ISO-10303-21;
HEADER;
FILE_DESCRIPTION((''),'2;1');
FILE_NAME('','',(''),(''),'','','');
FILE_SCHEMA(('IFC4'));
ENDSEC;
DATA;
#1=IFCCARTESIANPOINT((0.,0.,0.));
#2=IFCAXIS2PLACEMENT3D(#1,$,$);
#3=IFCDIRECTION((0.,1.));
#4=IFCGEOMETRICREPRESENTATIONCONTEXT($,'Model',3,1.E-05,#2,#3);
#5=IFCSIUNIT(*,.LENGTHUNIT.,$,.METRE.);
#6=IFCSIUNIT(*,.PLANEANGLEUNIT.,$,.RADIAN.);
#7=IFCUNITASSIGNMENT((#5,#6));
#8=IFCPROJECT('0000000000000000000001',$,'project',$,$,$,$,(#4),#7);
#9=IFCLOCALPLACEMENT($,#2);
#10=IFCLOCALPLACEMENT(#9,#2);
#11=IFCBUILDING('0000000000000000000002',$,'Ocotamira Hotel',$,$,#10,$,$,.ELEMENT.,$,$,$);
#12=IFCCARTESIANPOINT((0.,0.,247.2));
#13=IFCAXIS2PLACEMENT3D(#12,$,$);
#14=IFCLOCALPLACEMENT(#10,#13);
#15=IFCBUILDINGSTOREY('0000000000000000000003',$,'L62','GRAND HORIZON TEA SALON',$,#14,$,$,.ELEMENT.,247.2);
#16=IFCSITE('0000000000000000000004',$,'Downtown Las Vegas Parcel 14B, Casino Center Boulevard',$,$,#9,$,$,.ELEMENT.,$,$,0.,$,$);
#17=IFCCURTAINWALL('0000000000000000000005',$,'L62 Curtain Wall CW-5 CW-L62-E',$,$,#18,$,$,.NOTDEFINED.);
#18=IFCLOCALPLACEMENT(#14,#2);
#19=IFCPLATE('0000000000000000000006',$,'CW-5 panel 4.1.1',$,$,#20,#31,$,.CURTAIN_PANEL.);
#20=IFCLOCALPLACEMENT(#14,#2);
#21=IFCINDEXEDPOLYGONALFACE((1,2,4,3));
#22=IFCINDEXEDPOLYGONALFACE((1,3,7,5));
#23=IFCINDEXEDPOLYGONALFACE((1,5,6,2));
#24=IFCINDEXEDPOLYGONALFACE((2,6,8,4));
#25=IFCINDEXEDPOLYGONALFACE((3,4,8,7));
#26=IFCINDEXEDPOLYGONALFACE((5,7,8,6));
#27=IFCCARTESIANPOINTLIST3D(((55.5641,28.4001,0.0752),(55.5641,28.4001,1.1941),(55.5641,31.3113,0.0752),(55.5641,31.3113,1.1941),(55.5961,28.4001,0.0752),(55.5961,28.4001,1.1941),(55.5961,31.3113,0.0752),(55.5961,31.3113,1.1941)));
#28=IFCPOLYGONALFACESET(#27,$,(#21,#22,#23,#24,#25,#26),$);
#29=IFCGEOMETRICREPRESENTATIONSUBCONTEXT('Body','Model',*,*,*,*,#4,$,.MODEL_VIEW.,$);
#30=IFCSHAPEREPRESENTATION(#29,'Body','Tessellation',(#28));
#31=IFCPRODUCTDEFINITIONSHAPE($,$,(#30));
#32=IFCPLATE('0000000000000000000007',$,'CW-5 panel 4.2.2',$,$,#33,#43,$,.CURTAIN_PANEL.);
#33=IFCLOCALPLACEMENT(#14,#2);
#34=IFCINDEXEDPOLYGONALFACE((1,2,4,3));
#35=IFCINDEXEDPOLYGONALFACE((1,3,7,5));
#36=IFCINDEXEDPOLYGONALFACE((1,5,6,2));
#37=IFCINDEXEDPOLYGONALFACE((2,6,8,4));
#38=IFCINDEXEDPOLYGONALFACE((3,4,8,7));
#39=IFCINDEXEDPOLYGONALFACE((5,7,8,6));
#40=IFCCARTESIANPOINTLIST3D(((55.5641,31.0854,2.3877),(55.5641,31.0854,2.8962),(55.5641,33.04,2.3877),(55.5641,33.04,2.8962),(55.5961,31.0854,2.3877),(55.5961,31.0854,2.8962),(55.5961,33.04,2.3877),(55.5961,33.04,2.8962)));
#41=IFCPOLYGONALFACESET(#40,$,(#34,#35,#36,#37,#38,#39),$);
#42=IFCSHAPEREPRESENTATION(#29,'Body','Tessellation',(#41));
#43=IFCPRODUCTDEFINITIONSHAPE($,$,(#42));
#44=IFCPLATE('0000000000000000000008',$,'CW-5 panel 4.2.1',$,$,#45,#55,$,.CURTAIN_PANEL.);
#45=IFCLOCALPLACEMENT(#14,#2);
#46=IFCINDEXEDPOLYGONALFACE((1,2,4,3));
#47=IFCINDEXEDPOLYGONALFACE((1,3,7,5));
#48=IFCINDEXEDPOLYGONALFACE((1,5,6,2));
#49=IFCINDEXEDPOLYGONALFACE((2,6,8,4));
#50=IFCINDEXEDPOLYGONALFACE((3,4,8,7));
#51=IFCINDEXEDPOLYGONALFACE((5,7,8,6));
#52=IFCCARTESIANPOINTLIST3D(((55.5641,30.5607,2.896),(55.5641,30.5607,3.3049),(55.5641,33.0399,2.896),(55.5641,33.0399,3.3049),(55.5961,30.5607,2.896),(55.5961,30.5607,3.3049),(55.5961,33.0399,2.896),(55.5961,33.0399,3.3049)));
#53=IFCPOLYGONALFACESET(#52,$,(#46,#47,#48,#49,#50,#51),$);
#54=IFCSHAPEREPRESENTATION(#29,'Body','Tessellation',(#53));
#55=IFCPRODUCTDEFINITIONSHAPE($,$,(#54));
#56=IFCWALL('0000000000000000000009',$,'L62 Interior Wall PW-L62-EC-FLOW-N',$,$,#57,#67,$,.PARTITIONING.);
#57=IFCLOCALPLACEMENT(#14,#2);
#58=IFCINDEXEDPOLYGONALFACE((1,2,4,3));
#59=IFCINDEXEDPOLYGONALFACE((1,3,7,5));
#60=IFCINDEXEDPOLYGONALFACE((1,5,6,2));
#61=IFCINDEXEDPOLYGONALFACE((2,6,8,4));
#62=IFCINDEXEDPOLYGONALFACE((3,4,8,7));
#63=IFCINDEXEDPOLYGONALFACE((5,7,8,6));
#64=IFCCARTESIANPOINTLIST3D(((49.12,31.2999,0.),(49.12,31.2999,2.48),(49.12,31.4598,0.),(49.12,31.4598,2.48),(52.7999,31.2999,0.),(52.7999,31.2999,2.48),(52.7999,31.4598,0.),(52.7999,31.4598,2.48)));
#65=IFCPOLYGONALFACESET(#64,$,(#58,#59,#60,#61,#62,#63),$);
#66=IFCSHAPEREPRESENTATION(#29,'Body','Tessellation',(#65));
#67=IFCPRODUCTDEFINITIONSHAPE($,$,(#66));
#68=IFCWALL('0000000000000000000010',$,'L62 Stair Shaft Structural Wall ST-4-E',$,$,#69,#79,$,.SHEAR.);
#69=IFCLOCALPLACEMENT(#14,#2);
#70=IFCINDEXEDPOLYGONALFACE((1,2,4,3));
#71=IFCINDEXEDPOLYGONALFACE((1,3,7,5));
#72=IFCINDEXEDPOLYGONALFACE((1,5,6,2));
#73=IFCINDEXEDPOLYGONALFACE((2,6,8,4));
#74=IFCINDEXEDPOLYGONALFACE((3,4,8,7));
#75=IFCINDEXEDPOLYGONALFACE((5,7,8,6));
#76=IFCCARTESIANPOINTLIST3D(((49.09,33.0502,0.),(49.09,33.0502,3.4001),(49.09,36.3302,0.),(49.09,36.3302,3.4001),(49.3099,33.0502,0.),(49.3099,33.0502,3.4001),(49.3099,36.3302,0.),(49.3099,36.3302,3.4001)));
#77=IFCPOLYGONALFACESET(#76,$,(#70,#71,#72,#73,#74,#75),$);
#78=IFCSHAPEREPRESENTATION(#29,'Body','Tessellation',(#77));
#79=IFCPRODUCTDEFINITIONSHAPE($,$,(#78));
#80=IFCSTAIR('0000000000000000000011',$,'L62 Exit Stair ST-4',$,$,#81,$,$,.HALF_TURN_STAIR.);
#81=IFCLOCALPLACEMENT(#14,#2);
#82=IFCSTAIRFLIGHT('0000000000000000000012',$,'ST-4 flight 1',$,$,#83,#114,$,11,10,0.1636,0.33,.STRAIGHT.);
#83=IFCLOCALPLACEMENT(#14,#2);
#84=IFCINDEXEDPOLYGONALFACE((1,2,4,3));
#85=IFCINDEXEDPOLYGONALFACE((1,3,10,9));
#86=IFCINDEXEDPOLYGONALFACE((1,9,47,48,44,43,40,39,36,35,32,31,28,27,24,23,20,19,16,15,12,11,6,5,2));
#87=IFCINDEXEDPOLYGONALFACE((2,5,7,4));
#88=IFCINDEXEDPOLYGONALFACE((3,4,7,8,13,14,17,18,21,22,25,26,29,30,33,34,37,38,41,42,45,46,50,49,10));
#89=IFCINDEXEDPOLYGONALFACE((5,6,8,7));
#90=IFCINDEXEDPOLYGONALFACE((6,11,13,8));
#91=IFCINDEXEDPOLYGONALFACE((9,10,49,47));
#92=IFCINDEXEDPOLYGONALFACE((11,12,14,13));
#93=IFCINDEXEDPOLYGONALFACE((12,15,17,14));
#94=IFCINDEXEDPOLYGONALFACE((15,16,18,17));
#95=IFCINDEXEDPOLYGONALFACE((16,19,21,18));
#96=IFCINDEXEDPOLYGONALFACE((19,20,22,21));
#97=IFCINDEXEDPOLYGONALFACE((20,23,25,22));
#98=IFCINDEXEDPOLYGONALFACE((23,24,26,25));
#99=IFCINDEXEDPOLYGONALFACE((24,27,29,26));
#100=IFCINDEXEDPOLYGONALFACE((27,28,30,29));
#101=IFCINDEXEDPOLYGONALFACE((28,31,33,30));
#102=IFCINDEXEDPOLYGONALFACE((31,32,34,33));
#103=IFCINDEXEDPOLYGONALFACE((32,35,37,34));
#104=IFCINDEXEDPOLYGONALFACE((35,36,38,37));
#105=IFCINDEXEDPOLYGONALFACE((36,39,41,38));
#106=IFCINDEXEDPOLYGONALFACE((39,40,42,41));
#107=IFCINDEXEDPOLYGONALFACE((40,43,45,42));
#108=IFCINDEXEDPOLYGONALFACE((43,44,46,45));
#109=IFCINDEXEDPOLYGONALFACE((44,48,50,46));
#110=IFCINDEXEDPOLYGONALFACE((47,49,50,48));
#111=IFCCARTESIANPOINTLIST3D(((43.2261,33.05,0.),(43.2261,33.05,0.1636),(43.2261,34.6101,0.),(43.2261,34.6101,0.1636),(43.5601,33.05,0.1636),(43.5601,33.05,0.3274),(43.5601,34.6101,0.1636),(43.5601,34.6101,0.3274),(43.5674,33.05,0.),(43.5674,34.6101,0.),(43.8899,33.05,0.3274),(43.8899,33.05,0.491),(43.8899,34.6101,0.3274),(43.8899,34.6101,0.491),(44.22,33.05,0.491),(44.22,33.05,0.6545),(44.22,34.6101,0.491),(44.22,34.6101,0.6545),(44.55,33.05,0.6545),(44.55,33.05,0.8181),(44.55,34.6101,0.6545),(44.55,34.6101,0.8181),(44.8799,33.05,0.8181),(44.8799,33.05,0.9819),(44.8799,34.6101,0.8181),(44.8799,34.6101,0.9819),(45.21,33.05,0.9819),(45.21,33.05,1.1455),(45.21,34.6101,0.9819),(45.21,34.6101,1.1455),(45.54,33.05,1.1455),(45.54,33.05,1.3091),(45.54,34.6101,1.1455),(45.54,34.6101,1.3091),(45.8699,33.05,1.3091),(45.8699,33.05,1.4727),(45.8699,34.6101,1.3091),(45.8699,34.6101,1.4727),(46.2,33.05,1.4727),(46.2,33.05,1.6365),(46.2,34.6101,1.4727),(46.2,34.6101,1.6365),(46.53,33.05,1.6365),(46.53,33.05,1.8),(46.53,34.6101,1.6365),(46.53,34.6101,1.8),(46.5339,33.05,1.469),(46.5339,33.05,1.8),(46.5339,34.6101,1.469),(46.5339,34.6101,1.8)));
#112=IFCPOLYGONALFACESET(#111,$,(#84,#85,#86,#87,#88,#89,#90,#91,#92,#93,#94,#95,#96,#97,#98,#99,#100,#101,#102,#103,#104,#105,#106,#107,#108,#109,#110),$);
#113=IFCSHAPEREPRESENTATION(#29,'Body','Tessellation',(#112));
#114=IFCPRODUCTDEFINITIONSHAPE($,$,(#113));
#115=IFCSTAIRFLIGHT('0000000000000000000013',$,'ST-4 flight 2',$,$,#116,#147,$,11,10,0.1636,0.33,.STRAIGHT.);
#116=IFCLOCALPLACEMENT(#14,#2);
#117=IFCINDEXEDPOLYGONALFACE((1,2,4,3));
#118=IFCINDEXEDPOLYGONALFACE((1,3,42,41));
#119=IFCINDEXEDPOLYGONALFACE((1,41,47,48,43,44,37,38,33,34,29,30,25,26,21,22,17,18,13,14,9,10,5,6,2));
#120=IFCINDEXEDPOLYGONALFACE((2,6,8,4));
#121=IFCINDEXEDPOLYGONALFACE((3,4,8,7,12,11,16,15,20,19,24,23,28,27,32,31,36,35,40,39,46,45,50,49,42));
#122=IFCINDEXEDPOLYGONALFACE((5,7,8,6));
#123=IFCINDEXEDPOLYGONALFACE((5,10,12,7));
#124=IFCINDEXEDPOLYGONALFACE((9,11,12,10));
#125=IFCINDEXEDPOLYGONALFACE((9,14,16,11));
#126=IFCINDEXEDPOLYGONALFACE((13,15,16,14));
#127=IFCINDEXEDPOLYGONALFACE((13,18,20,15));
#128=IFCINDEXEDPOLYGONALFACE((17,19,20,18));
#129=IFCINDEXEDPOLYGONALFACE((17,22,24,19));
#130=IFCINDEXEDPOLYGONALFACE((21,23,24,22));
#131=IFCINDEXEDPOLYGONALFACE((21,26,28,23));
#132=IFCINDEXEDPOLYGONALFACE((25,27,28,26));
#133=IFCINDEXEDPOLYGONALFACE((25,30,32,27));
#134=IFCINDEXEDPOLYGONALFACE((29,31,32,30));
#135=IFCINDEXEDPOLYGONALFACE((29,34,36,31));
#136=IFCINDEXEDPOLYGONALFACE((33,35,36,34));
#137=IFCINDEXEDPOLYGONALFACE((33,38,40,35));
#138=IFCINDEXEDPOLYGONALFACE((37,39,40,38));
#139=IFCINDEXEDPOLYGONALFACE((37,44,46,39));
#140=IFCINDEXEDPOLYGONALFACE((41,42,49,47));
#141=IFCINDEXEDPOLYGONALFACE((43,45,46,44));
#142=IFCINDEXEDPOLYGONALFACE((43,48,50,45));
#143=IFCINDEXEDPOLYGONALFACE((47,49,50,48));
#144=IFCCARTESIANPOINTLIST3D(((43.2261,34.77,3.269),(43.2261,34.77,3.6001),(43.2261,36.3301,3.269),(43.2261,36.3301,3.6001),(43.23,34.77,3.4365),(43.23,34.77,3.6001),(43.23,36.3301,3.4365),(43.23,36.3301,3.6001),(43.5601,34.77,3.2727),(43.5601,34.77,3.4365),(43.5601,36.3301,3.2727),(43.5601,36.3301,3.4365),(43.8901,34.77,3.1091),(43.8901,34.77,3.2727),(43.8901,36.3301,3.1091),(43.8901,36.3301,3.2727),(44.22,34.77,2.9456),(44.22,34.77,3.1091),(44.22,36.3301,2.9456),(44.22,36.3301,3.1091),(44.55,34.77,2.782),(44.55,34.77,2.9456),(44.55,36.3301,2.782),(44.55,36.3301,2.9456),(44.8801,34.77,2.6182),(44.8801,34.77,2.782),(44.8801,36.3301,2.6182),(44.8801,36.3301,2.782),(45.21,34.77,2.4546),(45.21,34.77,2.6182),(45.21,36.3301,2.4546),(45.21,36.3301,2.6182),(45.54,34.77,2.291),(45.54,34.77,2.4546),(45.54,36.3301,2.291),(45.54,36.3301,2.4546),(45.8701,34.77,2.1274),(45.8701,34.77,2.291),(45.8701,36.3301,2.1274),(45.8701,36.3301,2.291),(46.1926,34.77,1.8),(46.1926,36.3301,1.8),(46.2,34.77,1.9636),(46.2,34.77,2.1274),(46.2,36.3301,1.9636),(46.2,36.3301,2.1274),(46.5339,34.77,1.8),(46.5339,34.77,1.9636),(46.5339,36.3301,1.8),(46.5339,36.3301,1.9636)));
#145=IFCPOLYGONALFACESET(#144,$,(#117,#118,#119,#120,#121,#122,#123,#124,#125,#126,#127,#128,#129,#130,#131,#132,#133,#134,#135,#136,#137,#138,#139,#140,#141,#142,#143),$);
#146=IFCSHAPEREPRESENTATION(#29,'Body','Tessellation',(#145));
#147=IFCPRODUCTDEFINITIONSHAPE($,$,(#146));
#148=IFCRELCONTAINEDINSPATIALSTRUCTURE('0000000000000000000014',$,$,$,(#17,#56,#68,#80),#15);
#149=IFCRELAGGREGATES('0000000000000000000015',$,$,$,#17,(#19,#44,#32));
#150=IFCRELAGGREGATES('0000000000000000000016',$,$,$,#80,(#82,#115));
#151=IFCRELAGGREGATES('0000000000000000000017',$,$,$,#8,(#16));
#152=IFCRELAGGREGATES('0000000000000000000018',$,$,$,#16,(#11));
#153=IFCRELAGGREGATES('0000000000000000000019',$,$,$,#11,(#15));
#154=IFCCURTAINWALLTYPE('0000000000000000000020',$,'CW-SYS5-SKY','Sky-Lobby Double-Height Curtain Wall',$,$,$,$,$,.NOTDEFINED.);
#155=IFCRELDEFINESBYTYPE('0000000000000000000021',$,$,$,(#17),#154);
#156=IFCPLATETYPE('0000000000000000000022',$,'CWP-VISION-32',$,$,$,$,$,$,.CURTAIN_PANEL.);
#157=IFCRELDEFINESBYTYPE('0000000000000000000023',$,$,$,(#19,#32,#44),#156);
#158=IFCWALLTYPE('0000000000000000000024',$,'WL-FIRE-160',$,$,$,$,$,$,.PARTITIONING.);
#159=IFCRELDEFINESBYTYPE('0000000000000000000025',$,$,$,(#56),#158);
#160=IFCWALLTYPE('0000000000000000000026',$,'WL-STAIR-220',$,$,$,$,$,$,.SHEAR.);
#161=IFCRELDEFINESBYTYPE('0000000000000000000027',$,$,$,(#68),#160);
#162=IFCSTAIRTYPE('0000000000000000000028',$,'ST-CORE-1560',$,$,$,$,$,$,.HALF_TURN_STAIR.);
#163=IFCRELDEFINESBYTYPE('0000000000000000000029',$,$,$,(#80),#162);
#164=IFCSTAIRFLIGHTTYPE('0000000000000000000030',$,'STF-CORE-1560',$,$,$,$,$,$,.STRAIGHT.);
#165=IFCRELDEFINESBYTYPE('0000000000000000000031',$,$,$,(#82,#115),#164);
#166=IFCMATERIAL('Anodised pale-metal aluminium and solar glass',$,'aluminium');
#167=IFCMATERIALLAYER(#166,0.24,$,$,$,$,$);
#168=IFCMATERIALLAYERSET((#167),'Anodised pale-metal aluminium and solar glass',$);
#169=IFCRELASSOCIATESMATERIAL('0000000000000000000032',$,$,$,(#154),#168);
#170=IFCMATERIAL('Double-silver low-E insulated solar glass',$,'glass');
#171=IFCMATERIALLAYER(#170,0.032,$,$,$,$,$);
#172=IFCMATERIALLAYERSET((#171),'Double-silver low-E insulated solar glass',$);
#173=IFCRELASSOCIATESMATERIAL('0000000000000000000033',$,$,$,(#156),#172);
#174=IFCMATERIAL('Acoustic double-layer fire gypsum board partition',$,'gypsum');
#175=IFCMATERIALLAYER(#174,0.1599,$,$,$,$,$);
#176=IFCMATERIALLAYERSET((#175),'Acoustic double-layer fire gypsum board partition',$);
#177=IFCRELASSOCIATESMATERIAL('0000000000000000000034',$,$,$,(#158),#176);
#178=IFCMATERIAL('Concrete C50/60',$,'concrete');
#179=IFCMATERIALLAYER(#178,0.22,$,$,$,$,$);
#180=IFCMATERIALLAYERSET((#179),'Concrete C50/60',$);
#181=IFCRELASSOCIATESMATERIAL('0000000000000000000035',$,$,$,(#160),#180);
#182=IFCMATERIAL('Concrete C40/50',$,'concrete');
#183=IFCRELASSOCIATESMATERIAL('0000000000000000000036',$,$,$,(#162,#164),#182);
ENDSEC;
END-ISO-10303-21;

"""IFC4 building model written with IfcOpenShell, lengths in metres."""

from ifc_helpers import new_model, si_unit, direction, frame, frame_2d, origin, origin_2d, place, context, subcontext, project, spatial, polyline, rectangle, outline, extrude, source, transform, mapped, material, layer, layer_set, type_object, element, aggregate, save


model = new_model("IFC4")

# Units and contexts
model_context = context("Model", 3, precision=1e-05, world=origin(), true_north=direction((0.0, 1.0)))
body_context = subcontext(model_context, "Body", "Model", "MODEL_VIEW")
ifc_project = project(units=[si_unit("LENGTHUNIT", "METRE"), si_unit("PLANEANGLEUNIT", "RADIAN")], contexts=[model_context])

# Site, building, storey
site_placement = place(None, origin())
site = spatial("IfcSite", under=ifc_project, at=site_placement, Name="Downtown Las Vegas Parcel 14B, Casino Center Boulevard", CompositionType="ELEMENT", RefElevation=0.0)
building_placement = place(site_placement, origin())
building = spatial("IfcBuilding", under=site, at=building_placement, Name="Ocotamira Hotel", CompositionType="ELEMENT")
storey_placement = place(building_placement, frame((0.0, 0.0, 247.2)))
storey = spatial("IfcBuildingStorey", under=building, at=storey_placement, Name="L62", Description="GRAND HORIZON TEA SALON", CompositionType="ELEMENT", Elevation=247.2)

# Curtain wall
ifc_material_1 = material(Name="Anodised pale-metal aluminium and solar glass", Category="aluminium")
ifc_layer_1 = layer(ifc_material_1, 0.24)
ifc_layer_set_1 = layer_set([ifc_layer_1], Name="Anodised pale-metal aluminium and solar glass")
curtain_wall_type = type_object("IfcCurtainWallType", Name="CW-SYS5-SKY", Description="Sky-Lobby Double-Height Curtain Wall", PredefinedType="NOTDEFINED", material=ifc_layer_set_1)
curtain_wall_placement = place(storey_placement, origin())
curtain_wall = element("IfcCurtainWall", 1, at=curtain_wall_placement, inside=storey, type_object=curtain_wall_type, Name="L62 Curtain Wall CW-5 CW-L62-E", PredefinedType="NOTDEFINED")

# Plates
ifc_material_2 = material(Name="Double-silver low-E insulated solar glass", Category="glass")
ifc_layer_2 = layer(ifc_material_2, 0.032)
ifc_layer_set_2 = layer_set([ifc_layer_2], Name="Double-silver low-E insulated solar glass")
plate_type_1 = type_object("IfcPlateType", Name="CWP-VISION-32", PredefinedType="CURTAIN_PANEL", material=ifc_layer_set_2)
shared_shape_1 = source(origin(), body_context, "Body", "SweptSolid", [
    extrude(rectangle(XDim=2.9111, YDim=0.032, at=origin_2d()), origin(), (0.0, 0.0, 1.0), 1.1189),
])
plate_1_placement = place(storey_placement, frame((55.5801, 29.8557, 0.0752), z_axis=(0.0, 0.0, 1.0), x_axis=(0.0, 1.0, 0.0)))
plate_1 = element("IfcPlate", 2, at=plate_1_placement, type_object=plate_type_1, Name="CW-5 panel 4.1.1", PredefinedType="CURTAIN_PANEL", context=body_context, shape_type="MappedRepresentation", body=[
    mapped(shared_shape_1, transform((0.0, 0.0, 0.0), scale=1.0)),
])
shared_shape_2 = source(origin(), body_context, "Body", "SweptSolid", [
    extrude(rectangle(XDim=1.9546, YDim=0.032, at=origin_2d()), origin(), (0.0, 0.0, 1.0), 0.5085),
])
plate_2_placement = place(storey_placement, frame((55.5801, 32.0627, 2.3877), z_axis=(0.0, 0.0, 1.0), x_axis=(0.0, 1.0, 0.0)))
plate_2 = element("IfcPlate", 3, at=plate_2_placement, type_object=plate_type_1, Name="CW-5 panel 4.2.2", PredefinedType="CURTAIN_PANEL", context=body_context, shape_type="MappedRepresentation", body=[
    mapped(shared_shape_2, transform((0.0, 0.0, 0.0), scale=1.0)),
])
shared_shape_3 = source(origin(), body_context, "Body", "SweptSolid", [
    extrude(rectangle(XDim=2.4792, YDim=0.032, at=origin_2d()), origin(), (0.0, 0.0, 1.0), 0.4089),
])
plate_3_placement = place(storey_placement, frame((55.5801, 31.8003, 2.896), z_axis=(0.0, 0.0, 1.0), x_axis=(0.0, 1.0, 0.0)))
plate_3 = element("IfcPlate", 4, at=plate_3_placement, type_object=plate_type_1, Name="CW-5 panel 4.2.1", PredefinedType="CURTAIN_PANEL", context=body_context, shape_type="MappedRepresentation", body=[
    mapped(shared_shape_3, transform((0.0, 0.0, 0.0), scale=1.0)),
])
aggregate(curtain_wall, [plate_1, plate_3, plate_2])

# Wall
ifc_material_3 = material(Name="Acoustic double-layer fire gypsum board partition", Category="gypsum")
ifc_layer_3 = layer(ifc_material_3, 0.1599)
ifc_layer_set_3 = layer_set([ifc_layer_3], Name="Acoustic double-layer fire gypsum board partition")
wall_type_1 = type_object("IfcWallType", Name="WL-FIRE-160", PredefinedType="PARTITIONING", material=ifc_layer_set_3)
wall_1_placement = place(storey_placement, frame((49.1201, 31.3799, 0.0), z_axis=(0.0, 0.0, 1.0), x_axis=(1.0, 0.0, 0.0)))
element("IfcWall", 5, at=wall_1_placement, inside=storey, type_object=wall_type_1, Name="L62 Interior Wall PW-L62-EC-FLOW-N", PredefinedType="PARTITIONING", context=body_context, shape_type="SweptSolid", body=[
    extrude(rectangle(XDim=3.6799, YDim=0.1599, at=frame_2d((1.8398, 0.0))), origin(), (0.0, 0.0, 1.0), 2.48),
])

# Wall
ifc_material_4 = material(Name="Concrete C50/60", Category="concrete")
ifc_layer_4 = layer(ifc_material_4, 0.22)
ifc_layer_set_4 = layer_set([ifc_layer_4], Name="Concrete C50/60")
wall_type_2 = type_object("IfcWallType", Name="WL-STAIR-220", PredefinedType="SHEAR", material=ifc_layer_set_4)
wall_2_placement = place(storey_placement, frame((49.2, 33.05, 0.0), z_axis=(0.0, 0.0, 1.0), x_axis=(0.0, 1.0, 0.0)))
element("IfcWall", 6, at=wall_2_placement, inside=storey, type_object=wall_type_2, Name="L62 Stair Shaft Structural Wall ST-4-E", PredefinedType="SHEAR", context=body_context, shape_type="SweptSolid", body=[
    extrude(rectangle(XDim=3.28, YDim=0.22, at=frame_2d((1.6401, 0.0))), origin(), (0.0, 0.0, 1.0), 3.4001),
])

# Stair, stair flights
ifc_material_5 = material(Name="Concrete C40/50", Category="concrete")
stair_type = type_object("IfcStairType", Name="ST-CORE-1560", PredefinedType="HALF_TURN_STAIR", material=ifc_material_5)
stair_placement = place(storey_placement, origin())
stair = element("IfcStair", 7, at=stair_placement, inside=storey, type_object=stair_type, Name="L62 Exit Stair ST-4", PredefinedType="HALF_TURN_STAIR")
stair_flight_type = type_object("IfcStairFlightType", Name="STF-CORE-1560", PredefinedType="STRAIGHT", material=ifc_material_5)
shared_shape_4 = source(origin(), body_context, "Body", "SweptSolid", [
    extrude(outline(polyline([(-0.0039, 0.0), (-0.0039, 0.1636), (0.3301, 0.1636), (0.3301, 0.3274), (0.6599, 0.3274), (0.6599, 0.491), (0.99, 0.491), (0.99, 0.6545), (1.3201, 0.6545), (1.3201, 0.8181), (1.6499, 0.8181), (1.6499, 0.9819), (1.98, 0.9819), (1.98, 1.1455), (2.3101, 1.1455), (2.3101, 1.3091), (2.6399, 1.3091), (2.6399, 1.4727), (2.97, 1.4727), (2.97, 1.6365), (3.3, 1.6365), (3.3, 1.8), (3.304, 1.8), (3.304, 1.469), (0.3374, 0.0), (-0.0039, 0.0)])), frame((0.0, 0.78, 0.0), z_axis=(0.0, -1.0, 0.0), x_axis=(1.0, 0.0, 0.0)), (0.0, 0.0, 1.0), 1.5601),
])
stair_flight_1_placement = place(storey_placement, frame((43.23, 33.8301, 0.0), z_axis=(0.0, 0.0, 1.0), x_axis=(1.0, 0.0, 0.0)))
stair_flight_1 = element("IfcStairFlight", 8, at=stair_flight_1_placement, type_object=stair_flight_type, Name="ST-4 flight 1", NumberOfRisers=11, NumberOfTreads=10, PredefinedType="STRAIGHT", RiserHeight=0.1636, TreadLength=0.33, context=body_context, shape_type="MappedRepresentation", body=[
    mapped(shared_shape_4, transform((0.0, 0.0, 0.0), scale=1.0)),
])
stair_flight_2_placement = place(storey_placement, frame((46.53, 35.55, 1.8), z_axis=(0.0, 0.0, 1.0), x_axis=(-1.0, 0.0, 0.0)))
stair_flight_2 = element("IfcStairFlight", 9, at=stair_flight_2_placement, type_object=stair_flight_type, Name="ST-4 flight 2", NumberOfRisers=11, NumberOfTreads=10, PredefinedType="STRAIGHT", RiserHeight=0.1636, TreadLength=0.33, context=body_context, shape_type="MappedRepresentation", body=[
    mapped(shared_shape_4, transform((0.0, 0.0, 0.0), scale=1.0)),
])
aggregate(stair, [stair_flight_1, stair_flight_2])

save(model, "model.ifc")
